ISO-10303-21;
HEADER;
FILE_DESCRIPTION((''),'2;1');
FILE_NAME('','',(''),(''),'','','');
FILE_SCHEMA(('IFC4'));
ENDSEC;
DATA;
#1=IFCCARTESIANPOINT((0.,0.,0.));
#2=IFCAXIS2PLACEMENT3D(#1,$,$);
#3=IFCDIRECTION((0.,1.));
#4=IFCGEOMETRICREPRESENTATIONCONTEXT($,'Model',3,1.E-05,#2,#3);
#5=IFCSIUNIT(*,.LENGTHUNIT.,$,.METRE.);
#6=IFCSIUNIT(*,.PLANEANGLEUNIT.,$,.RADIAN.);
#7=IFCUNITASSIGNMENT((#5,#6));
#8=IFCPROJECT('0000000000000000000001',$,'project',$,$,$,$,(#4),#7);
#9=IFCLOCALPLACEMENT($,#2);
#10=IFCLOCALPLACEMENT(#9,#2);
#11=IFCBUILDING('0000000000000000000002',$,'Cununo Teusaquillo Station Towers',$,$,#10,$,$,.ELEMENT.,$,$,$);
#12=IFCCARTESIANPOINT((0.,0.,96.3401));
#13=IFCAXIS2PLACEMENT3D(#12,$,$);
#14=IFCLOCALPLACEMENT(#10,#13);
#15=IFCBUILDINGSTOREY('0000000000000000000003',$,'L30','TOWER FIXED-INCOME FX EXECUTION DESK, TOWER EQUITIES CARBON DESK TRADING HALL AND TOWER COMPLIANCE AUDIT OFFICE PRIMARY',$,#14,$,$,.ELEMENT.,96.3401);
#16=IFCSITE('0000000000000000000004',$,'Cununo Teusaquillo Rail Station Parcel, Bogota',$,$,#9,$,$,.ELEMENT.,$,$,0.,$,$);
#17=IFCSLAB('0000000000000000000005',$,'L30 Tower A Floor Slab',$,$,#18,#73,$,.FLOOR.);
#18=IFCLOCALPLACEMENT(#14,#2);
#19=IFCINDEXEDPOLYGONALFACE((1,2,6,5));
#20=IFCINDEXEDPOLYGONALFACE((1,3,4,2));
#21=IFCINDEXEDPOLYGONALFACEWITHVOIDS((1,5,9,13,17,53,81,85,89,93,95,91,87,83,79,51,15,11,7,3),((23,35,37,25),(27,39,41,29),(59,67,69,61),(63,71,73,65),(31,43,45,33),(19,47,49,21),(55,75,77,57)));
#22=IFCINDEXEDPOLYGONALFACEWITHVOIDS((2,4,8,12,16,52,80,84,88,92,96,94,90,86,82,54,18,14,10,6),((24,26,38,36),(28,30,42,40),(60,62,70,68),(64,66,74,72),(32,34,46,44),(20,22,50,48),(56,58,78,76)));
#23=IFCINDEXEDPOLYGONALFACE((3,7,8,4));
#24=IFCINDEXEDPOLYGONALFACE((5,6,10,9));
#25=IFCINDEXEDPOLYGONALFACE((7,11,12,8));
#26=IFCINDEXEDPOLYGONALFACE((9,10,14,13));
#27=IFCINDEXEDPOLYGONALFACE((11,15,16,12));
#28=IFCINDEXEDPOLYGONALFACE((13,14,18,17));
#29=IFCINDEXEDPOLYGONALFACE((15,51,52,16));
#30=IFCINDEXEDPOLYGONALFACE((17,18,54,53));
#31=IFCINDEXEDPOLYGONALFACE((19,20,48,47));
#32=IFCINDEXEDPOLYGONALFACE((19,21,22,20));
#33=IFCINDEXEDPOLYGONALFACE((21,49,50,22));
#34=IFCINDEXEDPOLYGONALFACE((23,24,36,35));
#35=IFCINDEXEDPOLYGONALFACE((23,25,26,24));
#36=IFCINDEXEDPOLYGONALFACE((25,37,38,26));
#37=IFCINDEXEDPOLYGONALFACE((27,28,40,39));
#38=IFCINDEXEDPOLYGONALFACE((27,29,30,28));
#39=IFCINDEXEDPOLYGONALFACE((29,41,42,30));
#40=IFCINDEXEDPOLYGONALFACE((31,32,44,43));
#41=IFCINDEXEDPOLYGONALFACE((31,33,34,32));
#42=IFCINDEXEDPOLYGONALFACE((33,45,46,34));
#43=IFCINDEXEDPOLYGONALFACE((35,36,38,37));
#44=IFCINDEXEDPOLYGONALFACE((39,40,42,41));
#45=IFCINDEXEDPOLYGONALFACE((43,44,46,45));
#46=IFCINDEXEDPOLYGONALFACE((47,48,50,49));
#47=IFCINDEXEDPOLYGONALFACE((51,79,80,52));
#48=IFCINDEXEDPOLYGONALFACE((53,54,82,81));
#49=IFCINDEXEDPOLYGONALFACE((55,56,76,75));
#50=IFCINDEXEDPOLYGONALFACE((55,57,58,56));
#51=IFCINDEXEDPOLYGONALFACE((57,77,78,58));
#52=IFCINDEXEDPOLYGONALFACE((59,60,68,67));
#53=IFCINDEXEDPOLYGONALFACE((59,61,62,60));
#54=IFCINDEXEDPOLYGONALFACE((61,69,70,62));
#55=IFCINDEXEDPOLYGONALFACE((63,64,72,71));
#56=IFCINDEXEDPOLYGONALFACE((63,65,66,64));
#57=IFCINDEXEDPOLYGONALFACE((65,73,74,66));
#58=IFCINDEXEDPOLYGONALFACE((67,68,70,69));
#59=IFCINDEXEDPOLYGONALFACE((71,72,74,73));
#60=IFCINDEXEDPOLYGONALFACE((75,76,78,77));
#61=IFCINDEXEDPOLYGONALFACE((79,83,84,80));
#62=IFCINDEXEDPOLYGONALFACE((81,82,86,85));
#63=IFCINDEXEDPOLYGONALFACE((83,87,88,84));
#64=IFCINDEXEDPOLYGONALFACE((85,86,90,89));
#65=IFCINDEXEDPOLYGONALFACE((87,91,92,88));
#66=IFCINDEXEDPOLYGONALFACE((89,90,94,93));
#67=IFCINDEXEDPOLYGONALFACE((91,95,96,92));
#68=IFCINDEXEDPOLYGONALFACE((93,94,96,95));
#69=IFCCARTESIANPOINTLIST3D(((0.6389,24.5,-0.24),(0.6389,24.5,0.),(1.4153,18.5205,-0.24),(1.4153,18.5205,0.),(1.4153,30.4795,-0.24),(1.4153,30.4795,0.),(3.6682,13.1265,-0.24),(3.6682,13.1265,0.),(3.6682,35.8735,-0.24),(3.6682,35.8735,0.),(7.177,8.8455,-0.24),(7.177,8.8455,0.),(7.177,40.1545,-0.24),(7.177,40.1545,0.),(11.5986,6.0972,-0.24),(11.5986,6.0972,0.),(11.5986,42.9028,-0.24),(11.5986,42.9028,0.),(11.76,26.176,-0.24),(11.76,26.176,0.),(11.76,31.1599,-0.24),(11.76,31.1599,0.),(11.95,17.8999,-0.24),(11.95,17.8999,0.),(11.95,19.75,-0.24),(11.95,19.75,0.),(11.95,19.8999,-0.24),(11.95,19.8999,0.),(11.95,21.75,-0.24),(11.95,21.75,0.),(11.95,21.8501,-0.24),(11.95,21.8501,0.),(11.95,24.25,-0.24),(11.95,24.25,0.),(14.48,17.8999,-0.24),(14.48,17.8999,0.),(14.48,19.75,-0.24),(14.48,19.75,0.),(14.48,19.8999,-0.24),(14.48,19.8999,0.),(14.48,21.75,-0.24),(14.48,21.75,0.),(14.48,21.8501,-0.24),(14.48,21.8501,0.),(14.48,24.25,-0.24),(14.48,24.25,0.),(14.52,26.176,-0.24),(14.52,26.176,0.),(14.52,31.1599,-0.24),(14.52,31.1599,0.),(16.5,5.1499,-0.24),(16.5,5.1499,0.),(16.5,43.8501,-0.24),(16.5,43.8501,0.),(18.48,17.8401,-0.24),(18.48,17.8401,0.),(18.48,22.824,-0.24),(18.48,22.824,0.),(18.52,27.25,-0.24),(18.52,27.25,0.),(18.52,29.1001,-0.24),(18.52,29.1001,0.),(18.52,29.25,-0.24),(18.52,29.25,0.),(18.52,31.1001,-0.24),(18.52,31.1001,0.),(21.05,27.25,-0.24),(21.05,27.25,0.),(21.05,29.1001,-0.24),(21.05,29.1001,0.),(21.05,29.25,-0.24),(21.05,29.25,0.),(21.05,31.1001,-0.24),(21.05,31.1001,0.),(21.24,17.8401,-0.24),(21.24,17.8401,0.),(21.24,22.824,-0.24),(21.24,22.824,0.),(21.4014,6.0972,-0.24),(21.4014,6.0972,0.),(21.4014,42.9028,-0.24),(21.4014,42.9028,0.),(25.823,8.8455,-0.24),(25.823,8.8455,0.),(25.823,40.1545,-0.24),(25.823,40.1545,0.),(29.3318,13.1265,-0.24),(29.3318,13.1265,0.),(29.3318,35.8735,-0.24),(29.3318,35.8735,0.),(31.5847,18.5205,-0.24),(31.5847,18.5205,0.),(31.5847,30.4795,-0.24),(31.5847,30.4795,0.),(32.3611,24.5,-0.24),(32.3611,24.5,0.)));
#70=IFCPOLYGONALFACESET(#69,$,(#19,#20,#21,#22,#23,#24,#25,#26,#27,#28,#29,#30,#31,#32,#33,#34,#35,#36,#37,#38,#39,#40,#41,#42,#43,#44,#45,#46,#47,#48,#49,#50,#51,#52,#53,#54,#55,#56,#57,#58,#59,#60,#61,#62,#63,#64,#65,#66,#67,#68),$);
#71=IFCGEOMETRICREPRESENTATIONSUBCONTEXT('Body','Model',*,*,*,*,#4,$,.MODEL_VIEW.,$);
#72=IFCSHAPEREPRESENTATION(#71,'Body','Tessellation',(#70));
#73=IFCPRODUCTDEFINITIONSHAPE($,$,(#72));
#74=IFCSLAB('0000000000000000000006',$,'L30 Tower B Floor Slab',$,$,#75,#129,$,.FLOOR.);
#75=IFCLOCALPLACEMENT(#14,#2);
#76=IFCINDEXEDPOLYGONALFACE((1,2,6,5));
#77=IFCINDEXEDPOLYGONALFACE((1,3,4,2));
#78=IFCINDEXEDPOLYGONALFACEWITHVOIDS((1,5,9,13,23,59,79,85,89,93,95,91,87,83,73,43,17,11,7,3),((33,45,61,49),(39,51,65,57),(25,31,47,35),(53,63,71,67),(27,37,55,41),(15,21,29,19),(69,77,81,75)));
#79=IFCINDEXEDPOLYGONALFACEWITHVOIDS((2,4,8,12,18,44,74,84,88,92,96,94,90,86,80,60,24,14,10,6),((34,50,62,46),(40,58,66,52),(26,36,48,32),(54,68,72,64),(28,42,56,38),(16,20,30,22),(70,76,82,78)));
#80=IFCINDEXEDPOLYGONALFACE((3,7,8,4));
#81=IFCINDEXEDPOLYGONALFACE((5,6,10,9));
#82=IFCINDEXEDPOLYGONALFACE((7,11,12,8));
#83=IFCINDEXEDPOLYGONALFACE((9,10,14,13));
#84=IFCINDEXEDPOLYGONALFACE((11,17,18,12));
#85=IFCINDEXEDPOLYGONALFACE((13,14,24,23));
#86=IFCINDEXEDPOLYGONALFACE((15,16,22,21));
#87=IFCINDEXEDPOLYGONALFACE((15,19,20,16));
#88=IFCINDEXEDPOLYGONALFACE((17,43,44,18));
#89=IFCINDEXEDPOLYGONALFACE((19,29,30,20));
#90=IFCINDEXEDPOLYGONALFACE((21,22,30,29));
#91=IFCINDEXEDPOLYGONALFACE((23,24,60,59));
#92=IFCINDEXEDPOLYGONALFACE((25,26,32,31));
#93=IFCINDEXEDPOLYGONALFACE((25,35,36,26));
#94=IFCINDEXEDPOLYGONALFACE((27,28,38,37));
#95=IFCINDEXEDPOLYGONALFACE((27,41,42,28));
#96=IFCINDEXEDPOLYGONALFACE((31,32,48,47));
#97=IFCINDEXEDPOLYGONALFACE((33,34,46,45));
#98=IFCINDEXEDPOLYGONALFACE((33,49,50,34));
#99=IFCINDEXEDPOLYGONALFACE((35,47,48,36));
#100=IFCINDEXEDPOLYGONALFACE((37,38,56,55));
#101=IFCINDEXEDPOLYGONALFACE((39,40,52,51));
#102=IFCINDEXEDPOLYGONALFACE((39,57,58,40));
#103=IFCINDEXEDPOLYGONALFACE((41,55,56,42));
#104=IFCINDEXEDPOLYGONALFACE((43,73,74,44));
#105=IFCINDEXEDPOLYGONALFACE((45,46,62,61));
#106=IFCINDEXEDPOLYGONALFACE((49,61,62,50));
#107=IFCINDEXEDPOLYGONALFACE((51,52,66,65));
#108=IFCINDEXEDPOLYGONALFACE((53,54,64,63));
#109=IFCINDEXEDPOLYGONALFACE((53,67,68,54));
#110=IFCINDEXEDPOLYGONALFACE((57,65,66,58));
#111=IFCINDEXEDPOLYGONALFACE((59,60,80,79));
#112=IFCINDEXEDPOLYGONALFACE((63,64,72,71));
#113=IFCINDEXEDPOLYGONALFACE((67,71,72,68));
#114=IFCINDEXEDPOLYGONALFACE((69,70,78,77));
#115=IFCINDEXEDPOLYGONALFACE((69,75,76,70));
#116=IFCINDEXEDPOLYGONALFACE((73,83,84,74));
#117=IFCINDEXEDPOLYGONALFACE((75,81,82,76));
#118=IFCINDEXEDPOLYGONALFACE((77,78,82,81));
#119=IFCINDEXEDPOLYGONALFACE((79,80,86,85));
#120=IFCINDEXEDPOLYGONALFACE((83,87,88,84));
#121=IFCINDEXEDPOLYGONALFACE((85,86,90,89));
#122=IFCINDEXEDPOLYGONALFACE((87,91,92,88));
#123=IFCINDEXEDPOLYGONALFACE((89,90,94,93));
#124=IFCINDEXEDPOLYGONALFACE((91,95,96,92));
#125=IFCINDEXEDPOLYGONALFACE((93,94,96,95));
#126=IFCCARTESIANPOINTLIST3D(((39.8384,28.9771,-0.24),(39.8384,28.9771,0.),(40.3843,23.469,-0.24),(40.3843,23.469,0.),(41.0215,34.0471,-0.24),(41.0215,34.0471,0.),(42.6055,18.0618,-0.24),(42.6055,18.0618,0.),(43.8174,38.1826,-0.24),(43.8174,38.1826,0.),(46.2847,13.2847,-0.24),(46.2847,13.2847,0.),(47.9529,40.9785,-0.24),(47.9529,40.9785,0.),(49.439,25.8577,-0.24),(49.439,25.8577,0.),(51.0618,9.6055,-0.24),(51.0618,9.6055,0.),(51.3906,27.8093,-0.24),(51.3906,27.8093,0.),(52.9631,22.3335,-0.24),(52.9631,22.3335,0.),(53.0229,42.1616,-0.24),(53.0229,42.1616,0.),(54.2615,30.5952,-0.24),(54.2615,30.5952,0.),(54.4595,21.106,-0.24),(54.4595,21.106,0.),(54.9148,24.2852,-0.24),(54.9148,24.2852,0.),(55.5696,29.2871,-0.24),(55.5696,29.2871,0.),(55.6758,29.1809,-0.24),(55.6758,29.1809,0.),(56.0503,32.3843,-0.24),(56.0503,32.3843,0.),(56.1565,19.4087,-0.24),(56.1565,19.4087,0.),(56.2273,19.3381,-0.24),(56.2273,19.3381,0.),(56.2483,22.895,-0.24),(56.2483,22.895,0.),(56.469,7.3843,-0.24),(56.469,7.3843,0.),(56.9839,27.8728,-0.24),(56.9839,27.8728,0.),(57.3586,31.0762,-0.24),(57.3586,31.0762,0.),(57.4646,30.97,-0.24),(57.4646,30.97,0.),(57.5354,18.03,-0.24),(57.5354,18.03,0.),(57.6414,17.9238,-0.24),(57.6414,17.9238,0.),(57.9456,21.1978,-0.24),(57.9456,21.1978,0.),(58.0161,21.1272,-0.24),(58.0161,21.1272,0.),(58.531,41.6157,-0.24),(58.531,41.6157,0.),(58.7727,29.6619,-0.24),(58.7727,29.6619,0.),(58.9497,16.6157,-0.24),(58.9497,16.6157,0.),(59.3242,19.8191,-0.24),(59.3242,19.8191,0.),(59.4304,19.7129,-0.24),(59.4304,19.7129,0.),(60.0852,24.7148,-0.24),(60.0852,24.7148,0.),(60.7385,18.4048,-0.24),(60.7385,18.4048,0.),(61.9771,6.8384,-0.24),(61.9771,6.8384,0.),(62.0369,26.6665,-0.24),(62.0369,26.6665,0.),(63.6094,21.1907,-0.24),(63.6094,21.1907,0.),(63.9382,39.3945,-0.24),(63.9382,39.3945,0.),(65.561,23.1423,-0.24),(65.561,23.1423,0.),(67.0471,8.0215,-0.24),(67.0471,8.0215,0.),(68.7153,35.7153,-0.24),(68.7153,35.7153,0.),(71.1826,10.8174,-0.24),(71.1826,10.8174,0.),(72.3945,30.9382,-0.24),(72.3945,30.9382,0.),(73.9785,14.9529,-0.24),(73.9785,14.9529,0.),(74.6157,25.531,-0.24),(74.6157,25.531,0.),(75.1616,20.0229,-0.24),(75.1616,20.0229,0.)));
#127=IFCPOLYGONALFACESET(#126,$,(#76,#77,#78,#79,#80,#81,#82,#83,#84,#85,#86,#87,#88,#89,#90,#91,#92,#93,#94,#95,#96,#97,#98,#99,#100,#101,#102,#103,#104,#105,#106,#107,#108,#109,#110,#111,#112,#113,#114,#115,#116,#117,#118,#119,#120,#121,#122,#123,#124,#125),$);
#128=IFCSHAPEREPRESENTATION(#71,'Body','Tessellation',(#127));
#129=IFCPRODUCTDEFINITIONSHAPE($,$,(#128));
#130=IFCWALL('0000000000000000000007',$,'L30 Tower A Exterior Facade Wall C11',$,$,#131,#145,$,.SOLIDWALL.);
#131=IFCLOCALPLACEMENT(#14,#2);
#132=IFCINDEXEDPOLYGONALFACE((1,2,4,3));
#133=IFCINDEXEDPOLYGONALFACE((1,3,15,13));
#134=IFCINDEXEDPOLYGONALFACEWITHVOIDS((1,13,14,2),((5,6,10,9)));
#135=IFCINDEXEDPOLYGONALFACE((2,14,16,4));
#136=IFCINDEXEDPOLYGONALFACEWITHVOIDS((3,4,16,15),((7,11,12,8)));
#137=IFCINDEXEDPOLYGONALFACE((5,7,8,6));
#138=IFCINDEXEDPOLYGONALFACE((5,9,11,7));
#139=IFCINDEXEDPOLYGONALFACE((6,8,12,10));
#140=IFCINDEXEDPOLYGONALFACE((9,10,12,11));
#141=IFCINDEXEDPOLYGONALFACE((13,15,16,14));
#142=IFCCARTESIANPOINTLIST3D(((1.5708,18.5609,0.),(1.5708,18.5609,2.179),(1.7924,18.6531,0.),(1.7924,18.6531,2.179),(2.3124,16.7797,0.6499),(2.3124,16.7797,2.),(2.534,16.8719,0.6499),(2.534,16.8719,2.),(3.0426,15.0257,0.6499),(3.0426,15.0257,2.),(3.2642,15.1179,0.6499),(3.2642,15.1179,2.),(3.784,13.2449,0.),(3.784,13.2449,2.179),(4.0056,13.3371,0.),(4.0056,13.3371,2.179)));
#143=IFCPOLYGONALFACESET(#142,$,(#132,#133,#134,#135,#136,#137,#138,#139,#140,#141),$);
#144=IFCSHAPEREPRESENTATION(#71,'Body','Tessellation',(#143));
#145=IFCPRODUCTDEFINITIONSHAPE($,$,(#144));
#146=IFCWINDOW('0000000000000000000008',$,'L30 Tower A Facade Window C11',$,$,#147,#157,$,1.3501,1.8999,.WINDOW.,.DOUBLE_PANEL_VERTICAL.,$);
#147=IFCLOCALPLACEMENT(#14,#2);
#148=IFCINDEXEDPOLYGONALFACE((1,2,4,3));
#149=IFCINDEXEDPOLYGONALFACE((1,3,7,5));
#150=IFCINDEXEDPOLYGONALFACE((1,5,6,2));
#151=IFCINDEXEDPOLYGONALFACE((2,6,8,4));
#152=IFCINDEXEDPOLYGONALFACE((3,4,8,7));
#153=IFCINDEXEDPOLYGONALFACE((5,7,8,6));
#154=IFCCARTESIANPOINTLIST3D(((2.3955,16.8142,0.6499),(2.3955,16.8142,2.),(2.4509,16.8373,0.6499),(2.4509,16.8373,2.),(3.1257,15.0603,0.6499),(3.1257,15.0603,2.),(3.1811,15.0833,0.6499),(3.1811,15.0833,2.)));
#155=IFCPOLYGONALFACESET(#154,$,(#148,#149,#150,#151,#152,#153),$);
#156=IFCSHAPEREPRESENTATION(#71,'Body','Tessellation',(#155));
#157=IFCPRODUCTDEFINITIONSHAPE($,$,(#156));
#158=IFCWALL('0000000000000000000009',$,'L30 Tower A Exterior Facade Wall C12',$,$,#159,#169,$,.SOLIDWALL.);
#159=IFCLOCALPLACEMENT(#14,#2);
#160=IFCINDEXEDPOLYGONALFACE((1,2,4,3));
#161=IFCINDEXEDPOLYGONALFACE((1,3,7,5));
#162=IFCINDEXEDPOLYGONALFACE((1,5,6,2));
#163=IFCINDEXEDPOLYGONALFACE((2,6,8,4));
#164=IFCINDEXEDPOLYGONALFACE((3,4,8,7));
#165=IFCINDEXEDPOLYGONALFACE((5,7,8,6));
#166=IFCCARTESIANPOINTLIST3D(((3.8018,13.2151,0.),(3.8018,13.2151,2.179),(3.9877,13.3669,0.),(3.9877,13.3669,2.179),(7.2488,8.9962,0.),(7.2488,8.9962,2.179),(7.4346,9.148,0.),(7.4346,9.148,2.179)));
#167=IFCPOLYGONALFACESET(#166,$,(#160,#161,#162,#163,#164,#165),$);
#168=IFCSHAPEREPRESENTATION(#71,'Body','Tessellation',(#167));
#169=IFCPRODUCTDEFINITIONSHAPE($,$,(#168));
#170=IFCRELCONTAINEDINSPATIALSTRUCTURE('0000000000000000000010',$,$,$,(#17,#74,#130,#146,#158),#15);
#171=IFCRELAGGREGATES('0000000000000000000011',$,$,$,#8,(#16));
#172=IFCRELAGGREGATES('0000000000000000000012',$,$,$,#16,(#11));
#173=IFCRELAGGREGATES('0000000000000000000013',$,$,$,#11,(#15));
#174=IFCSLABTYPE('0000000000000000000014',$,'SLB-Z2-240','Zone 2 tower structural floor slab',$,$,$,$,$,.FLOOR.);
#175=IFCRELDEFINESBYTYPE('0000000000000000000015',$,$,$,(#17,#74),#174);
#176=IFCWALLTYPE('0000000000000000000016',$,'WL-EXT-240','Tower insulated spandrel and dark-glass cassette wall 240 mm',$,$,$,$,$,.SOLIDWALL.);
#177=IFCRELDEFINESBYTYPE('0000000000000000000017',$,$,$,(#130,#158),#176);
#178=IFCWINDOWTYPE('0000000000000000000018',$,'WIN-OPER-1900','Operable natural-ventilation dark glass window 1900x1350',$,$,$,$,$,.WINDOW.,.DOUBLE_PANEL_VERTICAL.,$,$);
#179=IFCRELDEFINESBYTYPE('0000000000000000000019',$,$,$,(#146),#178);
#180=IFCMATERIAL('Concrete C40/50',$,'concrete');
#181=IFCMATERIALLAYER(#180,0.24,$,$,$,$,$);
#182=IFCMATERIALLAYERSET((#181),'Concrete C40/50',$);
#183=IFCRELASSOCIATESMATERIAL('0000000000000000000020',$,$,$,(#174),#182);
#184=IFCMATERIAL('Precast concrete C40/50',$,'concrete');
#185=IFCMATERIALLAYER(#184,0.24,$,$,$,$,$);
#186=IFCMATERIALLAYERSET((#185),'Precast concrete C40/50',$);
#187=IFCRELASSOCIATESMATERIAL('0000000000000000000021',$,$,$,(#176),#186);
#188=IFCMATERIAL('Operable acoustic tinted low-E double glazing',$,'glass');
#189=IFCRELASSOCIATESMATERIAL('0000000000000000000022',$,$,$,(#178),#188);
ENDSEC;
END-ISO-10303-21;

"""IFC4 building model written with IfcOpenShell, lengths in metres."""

from ifc_helpers import new_model, si_unit, direction, frame, frame_2d, origin, place, context, subcontext, project, spatial, polyline, rectangle, outline, extrude, source, transform, mapped, material, layer, layer_set, type_object, element, fill, save


model = new_model("IFC4")

# Units and contexts
model_context = context("Model", 3, precision=1e-05, world=origin(), true_north=direction((0.0, 1.0)))
body_context = subcontext(model_context, "Body", "Model", "MODEL_VIEW")
ifc_project = project(units=[si_unit("LENGTHUNIT", "METRE"), si_unit("PLANEANGLEUNIT", "RADIAN")], contexts=[model_context])

# Site, building, storey
site_placement = place(None, origin())
site = spatial("IfcSite", under=ifc_project, at=site_placement, Name="Cununo Teusaquillo Rail Station Parcel, Bogota", CompositionType="ELEMENT", RefElevation=0.0)
building_placement = place(site_placement, origin())
building = spatial("IfcBuilding", under=site, at=building_placement, Name="Cununo Teusaquillo Station Towers", CompositionType="ELEMENT")
storey_placement = place(building_placement, frame((0.0, 0.0, 96.3401)))
storey = spatial("IfcBuildingStorey", under=building, at=storey_placement, Name="L30", Description="TOWER FIXED-INCOME FX EXECUTION DESK, TOWER EQUITIES CARBON DESK TRADING HALL AND TOWER COMPLIANCE AUDIT OFFICE PRIMARY", CompositionType="ELEMENT", Elevation=96.3401)

# Slabs
ifc_material_1 = material(Name="Concrete C40/50", Category="concrete")
ifc_layer_1 = layer(ifc_material_1, 0.24)
ifc_layer_set_1 = layer_set([ifc_layer_1], Name="Concrete C40/50")
slab_type_1 = type_object("IfcSlabType", Name="SLB-Z2-240", Description="Zone 2 tower structural floor slab", PredefinedType="FLOOR", material=ifc_layer_set_1)
slab_1_placement = place(storey_placement, frame((0.0, 0.0, -0.24)))
element("IfcSlab", 1, at=slab_1_placement, inside=storey, type_object=slab_type_1, Name="L30 Tower A Floor Slab", PredefinedType="FLOOR", context=body_context, shape_type="SweptSolid", body=[
    extrude(outline(polyline([(32.3611, 24.5), (31.5847, 30.4795), (29.3318, 35.8735), (25.823, 40.1545), (21.4014, 42.9028), (16.5, 43.8501), (11.5986, 42.9028), (7.177, 40.1545), (3.6682, 35.8735), (1.4153, 30.4795), (0.6389, 24.5), (1.4153, 18.5205), (3.6682, 13.1265), (7.177, 8.8455), (11.5986, 6.0972), (16.5, 5.1499), (21.4014, 6.0972), (25.823, 8.8455), (29.3318, 13.1265), (31.5847, 18.5205), (32.3611, 24.5)]), holes=[polyline([(14.52, 26.176), (14.52, 31.1599), (11.76, 31.1599), (11.76, 26.176), (14.52, 26.176)]), polyline([(18.48, 22.824), (18.48, 17.8401), (21.24, 17.8401), (21.24, 22.824), (18.48, 22.824)]), polyline([(11.95, 21.8501), (14.48, 21.8501), (14.48, 24.25), (11.95, 24.25), (11.95, 21.8501)]), polyline([(11.95, 17.8999), (14.48, 17.8999), (14.48, 19.75), (11.95, 19.75), (11.95, 17.8999)]), polyline([(11.95, 19.8999), (14.48, 19.8999), (14.48, 21.75), (11.95, 21.75), (11.95, 19.8999)]), polyline([(18.52, 27.25), (21.05, 27.25), (21.05, 29.1001), (18.52, 29.1001), (18.52, 27.25)]), polyline([(18.52, 29.25), (21.05, 29.25), (21.05, 31.1001), (18.52, 31.1001), (18.52, 29.25)])]), origin(), (0.0, 0.0, 1.0), 0.24),
])
slab_2_placement = place(storey_placement, frame((0.0, 0.0, -0.24)))
element("IfcSlab", 2, at=slab_2_placement, inside=storey, type_object=slab_type_1, Name="L30 Tower B Floor Slab", PredefinedType="FLOOR", context=body_context, shape_type="SweptSolid", body=[
    extrude(outline(polyline([(68.7153, 35.7153), (63.9382, 39.3945), (58.531, 41.6157), (53.0229, 42.1616), (47.9529, 40.9785), (43.8174, 38.1826), (41.0215, 34.0471), (39.8384, 28.9771), (40.3843, 23.469), (42.6055, 18.0618), (46.2847, 13.2847), (51.0618, 9.6055), (56.469, 7.3843), (61.9771, 6.8384), (67.0471, 8.0215), (71.1826, 10.8174), (73.9785, 14.9529), (75.1616, 20.0229), (74.6157, 25.531), (72.3945, 30.9382), (68.7153, 35.7153)]), holes=[polyline([(54.9148, 24.2852), (51.3906, 27.8093), (49.439, 25.8577), (52.9631, 22.3335), (54.9148, 24.2852)]), polyline([(60.0852, 24.7148), (63.6094, 21.1907), (65.561, 23.1423), (62.0369, 26.6665), (60.0852, 24.7148)]), polyline([(56.1565, 19.4087), (57.9456, 21.1978), (56.2483, 22.895), (54.4595, 21.106), (56.1565, 19.4087)]), polyline([(58.9497, 16.6157), (60.7385, 18.4048), (59.4304, 19.7129), (57.6414, 17.9238), (58.9497, 16.6157)]), polyline([(57.5354, 18.03), (59.3242, 19.8191), (58.0161, 21.1272), (56.2273, 19.3381), (57.5354, 18.03)]), polyline([(56.9839, 27.8728), (58.7727, 29.6619), (57.4646, 30.97), (55.6758, 29.1809), (56.9839, 27.8728)]), polyline([(55.5696, 29.2871), (57.3586, 31.0762), (56.0503, 32.3843), (54.2615, 30.5952), (55.5696, 29.2871)])]), origin(), (0.0, 0.0, 1.0), 0.24),
])

# Wall, opening, window
ifc_material_2 = material(Name="Precast concrete C40/50", Category="concrete")
ifc_layer_2 = layer(ifc_material_2, 0.24)
ifc_layer_set_2 = layer_set([ifc_layer_2], Name="Precast concrete C40/50")
wall_type_1 = type_object("IfcWallType", Name="WL-EXT-240", Description="Tower insulated spandrel and dark-glass cassette wall 240 mm", PredefinedType="SOLIDWALL", material=ifc_layer_set_2)
wall_1_placement = place(storey_placement, frame((3.8948, 13.291, 0.0), z_axis=(0.0, 0.0, 1.0), x_axis=(-0.384344, 0.92319, 0.0)))
wall_1 = element("IfcWall", 3, at=wall_1_placement, inside=storey, type_object=wall_type_1, Name="L30 Tower A Exterior Facade Wall C11", PredefinedType="SOLIDWALL", context=body_context, shape_type="SweptSolid", body=[
    extrude(rectangle(XDim=5.7583, YDim=0.24, at=frame_2d((2.8792, 0.0))), origin(), (0.0, 0.0, 1.0), 2.179),
])
shared_shape_1 = source(origin(), body_context, "Body", "SweptSolid", [
    extrude(rectangle(XDim=1.8999, YDim=1.3501, at=frame_2d((0.95, 0.675))), frame((0.0, 0.1299, 0.0), z_axis=(0.0, -1.0, 0.0), x_axis=(1.0, 0.0, 0.0)), (0.0, 0.0, 1.0), 0.26),
])
opening_1_placement = place(wall_1_placement, frame((1.929, 0.0, 0.6499)))
opening_1 = element("IfcOpeningElement", 4, at=opening_1_placement, cuts=wall_1, PredefinedType="OPENING", context=body_context, shape_type="MappedRepresentation", body=[
    mapped(shared_shape_1, transform((0.0, 0.0, 0.0), x_axis=(1.0, 0.0, 0.0), y_axis=(0.0, 1.0, 0.0), z_axis=(0.0, 0.0, 1.0), scale=1.0)),
])
ifc_material_3 = material(Name="Operable acoustic tinted low-E double glazing", Category="glass")
window_type = type_object("IfcWindowType", Name="WIN-OPER-1900", Description="Operable natural-ventilation dark glass window 1900x1350", PartitioningType="DOUBLE_PANEL_VERTICAL", PredefinedType="WINDOW", material=ifc_material_3)
shared_shape_2 = source(origin(), body_context, "Body", "SweptSolid", [
    extrude(rectangle(XDim=1.8999, YDim=1.3501, at=frame_2d((0.95, 0.675))), frame((0.0, 0.03, 0.0), z_axis=(0.0, -1.0, 0.0), x_axis=(1.0, 0.0, 0.0)), (0.0, 0.0, 1.0), 0.0601),
])
window_1_placement = place(opening_1_placement, origin())
window_1 = element("IfcWindow", 5, at=window_1_placement, inside=storey, type_object=window_type, Name="L30 Tower A Facade Window C11", OverallHeight=1.3501, OverallWidth=1.8999, PartitioningType="DOUBLE_PANEL_VERTICAL", PredefinedType="WINDOW", context=body_context, shape_type="MappedRepresentation", body=[
    mapped(shared_shape_2, transform((0.0, 0.0, 0.0), x_axis=(1.0, 0.0, 0.0), y_axis=(0.0, 1.0, 0.0), z_axis=(0.0, 0.0, 1.0), scale=1.0)),
])
fill(opening_1, window_1)

# Wall
wall_2_placement = place(storey_placement, frame((7.3418, 9.072, 0.0), z_axis=(0.0, 0.0, 1.0), x_axis=(-0.632701, 0.774396, 0.0)))
element("IfcWall", 6, at=wall_2_placement, inside=storey, type_object=wall_type_1, Name="L30 Tower A Exterior Facade Wall C12", PredefinedType="SOLIDWALL", context=body_context, shape_type="SweptSolid", body=[
    extrude(rectangle(XDim=5.448, YDim=0.24, at=frame_2d((2.7241, 0.0))), origin(), (0.0, 0.0, 1.0), 2.179),
])

save(model, "model.ifc")
